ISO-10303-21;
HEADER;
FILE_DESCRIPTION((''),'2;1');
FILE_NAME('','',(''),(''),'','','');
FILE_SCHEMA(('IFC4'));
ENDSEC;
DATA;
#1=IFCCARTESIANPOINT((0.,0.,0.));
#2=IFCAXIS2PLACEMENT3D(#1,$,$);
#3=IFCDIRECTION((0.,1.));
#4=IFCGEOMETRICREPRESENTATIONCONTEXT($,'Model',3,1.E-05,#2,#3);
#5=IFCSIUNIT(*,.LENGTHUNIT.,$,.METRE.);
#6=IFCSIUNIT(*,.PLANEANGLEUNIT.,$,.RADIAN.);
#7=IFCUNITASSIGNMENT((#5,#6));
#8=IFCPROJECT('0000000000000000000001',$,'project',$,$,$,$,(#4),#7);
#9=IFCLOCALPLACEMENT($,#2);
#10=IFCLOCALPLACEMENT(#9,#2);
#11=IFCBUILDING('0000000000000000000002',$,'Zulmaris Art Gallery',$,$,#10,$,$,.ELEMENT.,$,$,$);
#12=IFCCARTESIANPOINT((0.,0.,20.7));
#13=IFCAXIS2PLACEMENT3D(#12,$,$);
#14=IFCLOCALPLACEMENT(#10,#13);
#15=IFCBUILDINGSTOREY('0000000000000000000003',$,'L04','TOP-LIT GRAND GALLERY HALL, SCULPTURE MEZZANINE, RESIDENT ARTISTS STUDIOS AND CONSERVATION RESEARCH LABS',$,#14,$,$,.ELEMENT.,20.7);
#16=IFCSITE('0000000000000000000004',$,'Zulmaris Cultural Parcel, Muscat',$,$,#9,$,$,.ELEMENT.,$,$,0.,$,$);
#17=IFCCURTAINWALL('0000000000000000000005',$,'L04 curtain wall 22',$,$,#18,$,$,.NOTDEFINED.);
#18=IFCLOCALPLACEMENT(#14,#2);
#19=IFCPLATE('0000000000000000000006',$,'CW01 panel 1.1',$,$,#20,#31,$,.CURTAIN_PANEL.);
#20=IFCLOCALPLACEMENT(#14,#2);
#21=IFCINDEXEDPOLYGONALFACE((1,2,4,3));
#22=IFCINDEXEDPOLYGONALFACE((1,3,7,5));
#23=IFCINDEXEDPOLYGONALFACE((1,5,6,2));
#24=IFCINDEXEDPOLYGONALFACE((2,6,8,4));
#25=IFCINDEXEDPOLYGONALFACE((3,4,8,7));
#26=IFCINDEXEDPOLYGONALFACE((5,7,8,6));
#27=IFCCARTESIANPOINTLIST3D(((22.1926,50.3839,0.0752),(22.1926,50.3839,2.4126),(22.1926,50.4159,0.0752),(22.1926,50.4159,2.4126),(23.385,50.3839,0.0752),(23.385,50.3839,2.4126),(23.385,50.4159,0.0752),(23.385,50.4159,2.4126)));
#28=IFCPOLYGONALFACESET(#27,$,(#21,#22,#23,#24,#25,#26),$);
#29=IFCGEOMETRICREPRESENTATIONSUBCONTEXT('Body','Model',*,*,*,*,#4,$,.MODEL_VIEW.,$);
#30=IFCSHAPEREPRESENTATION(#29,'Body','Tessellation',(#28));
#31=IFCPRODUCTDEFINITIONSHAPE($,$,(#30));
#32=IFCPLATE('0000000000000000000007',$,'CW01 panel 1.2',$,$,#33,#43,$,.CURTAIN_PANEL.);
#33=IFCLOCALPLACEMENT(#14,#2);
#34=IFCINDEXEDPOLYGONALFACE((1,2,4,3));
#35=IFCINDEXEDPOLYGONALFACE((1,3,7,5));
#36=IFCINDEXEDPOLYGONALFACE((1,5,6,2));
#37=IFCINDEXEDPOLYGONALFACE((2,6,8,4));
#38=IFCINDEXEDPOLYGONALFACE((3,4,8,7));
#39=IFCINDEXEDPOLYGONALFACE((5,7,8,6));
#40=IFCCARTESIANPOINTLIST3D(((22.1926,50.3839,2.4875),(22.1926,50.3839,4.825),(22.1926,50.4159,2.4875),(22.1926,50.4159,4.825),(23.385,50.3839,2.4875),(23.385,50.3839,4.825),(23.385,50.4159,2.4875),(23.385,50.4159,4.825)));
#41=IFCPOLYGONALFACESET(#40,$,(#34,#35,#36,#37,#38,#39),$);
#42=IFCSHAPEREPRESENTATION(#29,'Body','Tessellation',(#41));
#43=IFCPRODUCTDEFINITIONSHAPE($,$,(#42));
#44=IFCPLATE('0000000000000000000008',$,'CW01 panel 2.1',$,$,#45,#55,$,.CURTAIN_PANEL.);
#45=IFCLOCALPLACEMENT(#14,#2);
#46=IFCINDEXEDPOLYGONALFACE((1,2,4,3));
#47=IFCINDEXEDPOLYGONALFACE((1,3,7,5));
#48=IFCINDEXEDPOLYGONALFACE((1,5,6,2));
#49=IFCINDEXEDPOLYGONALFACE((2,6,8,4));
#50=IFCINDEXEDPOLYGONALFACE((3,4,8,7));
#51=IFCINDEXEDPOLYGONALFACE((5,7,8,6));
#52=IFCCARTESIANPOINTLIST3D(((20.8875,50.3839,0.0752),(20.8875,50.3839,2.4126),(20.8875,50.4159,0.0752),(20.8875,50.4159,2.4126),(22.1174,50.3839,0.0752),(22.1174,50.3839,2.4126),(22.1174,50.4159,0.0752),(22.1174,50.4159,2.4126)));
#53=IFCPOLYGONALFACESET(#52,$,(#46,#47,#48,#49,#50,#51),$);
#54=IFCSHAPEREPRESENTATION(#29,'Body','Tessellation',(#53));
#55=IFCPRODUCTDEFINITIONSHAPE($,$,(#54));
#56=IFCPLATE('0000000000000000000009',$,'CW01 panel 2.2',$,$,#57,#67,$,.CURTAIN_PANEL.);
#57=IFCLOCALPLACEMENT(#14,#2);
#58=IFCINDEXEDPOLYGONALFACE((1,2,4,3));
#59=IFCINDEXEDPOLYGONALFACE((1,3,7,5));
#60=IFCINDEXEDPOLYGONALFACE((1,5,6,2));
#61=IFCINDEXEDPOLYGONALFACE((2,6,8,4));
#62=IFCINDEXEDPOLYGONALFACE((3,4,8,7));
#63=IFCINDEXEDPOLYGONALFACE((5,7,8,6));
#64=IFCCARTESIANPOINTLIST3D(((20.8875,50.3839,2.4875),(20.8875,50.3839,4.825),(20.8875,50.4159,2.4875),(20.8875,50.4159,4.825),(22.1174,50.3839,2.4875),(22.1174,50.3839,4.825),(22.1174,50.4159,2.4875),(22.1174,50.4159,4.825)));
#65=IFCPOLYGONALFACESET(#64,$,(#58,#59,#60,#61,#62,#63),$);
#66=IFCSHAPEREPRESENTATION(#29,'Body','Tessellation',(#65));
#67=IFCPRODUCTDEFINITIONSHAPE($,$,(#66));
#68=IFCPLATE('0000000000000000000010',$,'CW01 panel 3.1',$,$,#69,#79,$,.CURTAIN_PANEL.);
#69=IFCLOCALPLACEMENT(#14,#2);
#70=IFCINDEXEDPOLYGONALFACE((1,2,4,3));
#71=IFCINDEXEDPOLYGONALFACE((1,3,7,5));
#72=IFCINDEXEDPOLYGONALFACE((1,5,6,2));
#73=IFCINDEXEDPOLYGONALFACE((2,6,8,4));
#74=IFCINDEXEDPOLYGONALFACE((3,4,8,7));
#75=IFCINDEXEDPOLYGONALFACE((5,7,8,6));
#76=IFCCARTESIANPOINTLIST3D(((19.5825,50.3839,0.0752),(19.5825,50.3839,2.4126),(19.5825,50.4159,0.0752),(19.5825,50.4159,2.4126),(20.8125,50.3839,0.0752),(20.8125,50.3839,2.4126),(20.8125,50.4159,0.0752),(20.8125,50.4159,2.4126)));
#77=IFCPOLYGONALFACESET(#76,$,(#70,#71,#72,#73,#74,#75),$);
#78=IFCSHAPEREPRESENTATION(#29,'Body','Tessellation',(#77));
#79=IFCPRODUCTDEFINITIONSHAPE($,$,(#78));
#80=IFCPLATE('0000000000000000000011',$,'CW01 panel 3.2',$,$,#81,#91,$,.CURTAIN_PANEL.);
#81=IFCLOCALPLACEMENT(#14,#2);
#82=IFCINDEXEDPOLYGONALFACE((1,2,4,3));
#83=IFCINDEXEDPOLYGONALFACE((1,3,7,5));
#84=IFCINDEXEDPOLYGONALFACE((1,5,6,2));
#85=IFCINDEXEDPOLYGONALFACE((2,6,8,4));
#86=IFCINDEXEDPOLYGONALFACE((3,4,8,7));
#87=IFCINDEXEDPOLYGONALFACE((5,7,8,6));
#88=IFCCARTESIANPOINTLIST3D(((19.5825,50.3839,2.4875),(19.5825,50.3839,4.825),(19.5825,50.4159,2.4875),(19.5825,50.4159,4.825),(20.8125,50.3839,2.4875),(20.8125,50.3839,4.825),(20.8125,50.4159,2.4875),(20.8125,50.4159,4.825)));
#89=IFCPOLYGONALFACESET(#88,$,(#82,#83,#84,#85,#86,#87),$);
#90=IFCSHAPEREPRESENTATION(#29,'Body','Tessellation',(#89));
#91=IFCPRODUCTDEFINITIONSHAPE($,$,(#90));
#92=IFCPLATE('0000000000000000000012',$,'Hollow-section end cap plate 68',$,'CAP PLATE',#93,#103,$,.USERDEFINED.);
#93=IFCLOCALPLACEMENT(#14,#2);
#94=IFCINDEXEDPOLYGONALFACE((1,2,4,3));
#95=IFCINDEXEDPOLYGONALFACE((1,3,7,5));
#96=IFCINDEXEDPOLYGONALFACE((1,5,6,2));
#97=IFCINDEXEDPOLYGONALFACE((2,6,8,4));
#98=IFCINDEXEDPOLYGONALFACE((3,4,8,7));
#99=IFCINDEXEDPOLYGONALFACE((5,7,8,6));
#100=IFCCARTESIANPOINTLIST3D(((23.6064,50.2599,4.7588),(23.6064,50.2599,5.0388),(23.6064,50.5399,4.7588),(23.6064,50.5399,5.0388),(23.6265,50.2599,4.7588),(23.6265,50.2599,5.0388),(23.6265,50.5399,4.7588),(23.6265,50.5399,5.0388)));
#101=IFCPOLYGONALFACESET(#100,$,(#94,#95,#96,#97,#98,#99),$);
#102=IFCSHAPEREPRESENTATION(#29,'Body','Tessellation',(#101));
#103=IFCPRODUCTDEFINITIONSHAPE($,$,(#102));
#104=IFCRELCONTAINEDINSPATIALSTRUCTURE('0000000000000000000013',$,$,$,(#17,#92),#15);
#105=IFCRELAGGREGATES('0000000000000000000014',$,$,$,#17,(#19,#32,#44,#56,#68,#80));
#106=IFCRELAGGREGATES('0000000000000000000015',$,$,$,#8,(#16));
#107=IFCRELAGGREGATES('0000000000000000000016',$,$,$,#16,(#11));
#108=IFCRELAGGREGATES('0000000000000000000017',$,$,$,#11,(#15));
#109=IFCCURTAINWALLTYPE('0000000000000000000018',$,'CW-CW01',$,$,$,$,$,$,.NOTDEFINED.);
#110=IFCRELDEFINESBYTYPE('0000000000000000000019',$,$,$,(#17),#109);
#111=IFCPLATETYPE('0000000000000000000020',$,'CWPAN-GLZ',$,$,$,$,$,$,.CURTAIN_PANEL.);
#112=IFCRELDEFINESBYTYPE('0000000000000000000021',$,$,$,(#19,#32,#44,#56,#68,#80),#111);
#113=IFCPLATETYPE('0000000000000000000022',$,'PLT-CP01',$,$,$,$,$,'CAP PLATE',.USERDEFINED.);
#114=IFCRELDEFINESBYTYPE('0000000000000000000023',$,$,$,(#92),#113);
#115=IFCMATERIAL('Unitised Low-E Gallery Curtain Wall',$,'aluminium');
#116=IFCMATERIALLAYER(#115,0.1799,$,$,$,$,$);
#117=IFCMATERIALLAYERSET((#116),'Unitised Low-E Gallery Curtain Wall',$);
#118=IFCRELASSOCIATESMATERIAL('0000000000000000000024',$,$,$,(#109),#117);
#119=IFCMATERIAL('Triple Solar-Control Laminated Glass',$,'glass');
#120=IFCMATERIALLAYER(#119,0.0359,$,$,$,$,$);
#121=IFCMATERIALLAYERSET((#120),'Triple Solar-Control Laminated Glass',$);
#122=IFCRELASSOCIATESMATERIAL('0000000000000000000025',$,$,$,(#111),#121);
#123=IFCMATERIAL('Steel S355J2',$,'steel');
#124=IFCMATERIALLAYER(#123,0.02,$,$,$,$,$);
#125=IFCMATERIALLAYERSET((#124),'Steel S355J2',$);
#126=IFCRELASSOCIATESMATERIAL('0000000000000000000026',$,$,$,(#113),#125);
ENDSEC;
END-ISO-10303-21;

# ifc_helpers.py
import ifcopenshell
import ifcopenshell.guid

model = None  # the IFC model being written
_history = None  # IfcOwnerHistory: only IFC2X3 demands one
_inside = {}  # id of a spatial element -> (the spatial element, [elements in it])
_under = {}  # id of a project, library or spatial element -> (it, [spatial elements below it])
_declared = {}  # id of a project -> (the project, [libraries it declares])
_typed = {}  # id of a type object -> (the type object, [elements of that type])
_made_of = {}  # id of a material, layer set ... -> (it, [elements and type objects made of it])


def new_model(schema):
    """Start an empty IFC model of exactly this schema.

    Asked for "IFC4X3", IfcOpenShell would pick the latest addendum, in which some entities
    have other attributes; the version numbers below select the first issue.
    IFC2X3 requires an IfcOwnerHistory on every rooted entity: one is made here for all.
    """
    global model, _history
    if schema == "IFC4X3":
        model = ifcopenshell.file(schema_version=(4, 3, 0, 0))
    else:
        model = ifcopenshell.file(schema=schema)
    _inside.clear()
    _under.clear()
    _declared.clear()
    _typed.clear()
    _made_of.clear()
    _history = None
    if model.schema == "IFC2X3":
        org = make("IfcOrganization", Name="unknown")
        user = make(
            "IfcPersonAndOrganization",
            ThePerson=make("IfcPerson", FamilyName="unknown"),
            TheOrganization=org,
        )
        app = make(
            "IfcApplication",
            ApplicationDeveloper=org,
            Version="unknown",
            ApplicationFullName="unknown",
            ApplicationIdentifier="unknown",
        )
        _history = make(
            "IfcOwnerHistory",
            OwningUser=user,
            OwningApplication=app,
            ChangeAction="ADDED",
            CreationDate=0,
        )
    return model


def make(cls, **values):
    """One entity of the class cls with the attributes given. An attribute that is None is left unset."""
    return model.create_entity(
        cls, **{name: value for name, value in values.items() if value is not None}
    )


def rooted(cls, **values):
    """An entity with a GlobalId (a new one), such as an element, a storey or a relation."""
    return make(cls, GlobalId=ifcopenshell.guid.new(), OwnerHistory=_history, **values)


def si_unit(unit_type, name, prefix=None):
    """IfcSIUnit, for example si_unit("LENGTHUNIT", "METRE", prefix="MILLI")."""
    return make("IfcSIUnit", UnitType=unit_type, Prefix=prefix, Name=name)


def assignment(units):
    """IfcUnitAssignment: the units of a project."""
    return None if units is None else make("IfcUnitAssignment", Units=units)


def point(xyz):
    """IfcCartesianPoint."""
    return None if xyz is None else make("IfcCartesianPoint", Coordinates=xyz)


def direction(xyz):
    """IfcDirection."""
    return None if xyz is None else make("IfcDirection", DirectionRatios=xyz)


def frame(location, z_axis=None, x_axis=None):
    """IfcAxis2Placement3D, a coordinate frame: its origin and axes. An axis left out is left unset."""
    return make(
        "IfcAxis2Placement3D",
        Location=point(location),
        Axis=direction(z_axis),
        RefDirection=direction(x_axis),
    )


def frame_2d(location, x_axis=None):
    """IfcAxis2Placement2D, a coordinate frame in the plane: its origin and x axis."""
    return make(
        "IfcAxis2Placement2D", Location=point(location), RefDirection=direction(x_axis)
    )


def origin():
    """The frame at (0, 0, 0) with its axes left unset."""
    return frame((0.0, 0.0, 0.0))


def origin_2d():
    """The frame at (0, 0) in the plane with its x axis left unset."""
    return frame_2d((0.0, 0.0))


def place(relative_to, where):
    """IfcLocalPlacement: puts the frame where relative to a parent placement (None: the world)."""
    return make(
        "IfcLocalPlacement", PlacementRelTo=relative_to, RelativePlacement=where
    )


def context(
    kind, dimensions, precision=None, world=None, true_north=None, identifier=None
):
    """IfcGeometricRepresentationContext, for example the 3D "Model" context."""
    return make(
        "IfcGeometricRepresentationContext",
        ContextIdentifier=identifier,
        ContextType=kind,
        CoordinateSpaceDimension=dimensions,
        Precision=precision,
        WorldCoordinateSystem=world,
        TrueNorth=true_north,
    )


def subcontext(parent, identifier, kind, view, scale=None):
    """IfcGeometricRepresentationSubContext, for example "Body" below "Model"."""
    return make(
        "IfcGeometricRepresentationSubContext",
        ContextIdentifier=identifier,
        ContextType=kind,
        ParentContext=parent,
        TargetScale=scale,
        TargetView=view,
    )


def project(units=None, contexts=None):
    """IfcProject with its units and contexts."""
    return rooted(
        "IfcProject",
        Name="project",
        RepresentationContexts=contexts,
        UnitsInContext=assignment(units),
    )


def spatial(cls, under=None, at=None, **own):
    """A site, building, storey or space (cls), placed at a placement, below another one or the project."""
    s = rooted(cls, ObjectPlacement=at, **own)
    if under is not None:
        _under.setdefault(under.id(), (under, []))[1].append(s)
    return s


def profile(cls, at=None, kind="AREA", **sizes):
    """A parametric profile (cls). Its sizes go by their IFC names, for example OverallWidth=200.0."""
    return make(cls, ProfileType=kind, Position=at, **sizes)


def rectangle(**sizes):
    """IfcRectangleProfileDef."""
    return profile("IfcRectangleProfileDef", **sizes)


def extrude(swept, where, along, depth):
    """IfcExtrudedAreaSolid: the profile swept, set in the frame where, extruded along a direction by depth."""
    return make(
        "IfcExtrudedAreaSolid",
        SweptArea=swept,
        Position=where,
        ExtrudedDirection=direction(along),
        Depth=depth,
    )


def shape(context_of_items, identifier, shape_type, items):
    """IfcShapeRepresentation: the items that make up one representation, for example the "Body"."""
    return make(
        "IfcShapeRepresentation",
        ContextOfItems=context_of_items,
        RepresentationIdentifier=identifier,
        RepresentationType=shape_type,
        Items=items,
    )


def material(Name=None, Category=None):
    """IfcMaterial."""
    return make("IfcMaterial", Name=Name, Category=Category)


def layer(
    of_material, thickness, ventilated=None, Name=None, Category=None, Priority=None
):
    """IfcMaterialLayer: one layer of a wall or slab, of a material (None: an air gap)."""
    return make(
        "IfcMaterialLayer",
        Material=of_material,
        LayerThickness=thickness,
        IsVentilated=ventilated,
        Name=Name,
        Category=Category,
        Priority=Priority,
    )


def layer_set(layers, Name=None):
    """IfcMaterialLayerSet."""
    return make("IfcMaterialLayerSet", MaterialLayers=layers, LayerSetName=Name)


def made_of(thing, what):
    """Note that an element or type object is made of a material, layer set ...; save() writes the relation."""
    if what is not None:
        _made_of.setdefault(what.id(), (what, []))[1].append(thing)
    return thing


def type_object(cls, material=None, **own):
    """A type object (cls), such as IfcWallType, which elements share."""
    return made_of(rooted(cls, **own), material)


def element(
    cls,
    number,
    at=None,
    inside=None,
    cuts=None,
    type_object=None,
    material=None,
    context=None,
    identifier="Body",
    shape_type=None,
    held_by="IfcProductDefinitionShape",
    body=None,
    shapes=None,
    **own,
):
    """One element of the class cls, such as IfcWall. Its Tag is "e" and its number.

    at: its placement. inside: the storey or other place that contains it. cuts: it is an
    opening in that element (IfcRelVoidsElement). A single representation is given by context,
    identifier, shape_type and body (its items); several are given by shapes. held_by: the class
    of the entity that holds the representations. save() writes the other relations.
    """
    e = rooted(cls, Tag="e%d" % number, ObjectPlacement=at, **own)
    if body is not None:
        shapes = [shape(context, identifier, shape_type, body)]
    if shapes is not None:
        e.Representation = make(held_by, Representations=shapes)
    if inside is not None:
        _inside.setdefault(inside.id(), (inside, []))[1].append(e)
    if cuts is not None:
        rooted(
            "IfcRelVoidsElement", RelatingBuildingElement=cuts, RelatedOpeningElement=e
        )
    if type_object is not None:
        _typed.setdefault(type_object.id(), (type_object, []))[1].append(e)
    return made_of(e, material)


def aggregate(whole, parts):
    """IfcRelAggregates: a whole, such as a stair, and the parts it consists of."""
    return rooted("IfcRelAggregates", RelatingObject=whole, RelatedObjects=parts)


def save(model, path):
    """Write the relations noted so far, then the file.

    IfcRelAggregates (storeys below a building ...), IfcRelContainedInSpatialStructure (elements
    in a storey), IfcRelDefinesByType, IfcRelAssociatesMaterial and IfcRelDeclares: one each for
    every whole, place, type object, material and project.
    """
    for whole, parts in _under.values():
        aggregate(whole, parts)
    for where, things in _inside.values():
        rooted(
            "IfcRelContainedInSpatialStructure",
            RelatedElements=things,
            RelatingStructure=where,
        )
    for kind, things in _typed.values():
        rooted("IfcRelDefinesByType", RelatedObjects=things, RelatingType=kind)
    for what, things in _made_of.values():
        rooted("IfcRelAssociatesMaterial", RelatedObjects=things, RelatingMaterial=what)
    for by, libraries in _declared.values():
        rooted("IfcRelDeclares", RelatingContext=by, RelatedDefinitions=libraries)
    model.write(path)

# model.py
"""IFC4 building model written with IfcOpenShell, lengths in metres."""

from ifc_helpers import new_model, si_unit, direction, frame, origin, origin_2d, place, context, subcontext, project, spatial, rectangle, extrude, material, layer, layer_set, type_object, element, aggregate, save


model = new_model("IFC4")

# Units and contexts
model_context = context("Model", 3, precision=1e-05, world=origin(), true_north=direction((0.0, 1.0)))
body_context = subcontext(model_context, "Body", "Model", "MODEL_VIEW")
ifc_project = project(units=[si_unit("LENGTHUNIT", "METRE"), si_unit("PLANEANGLEUNIT", "RADIAN")], contexts=[model_context])

# Site, building, storey
site_placement = place(None, origin())
site = spatial("IfcSite", under=ifc_project, at=site_placement, Name="Zulmaris Cultural Parcel, Muscat", CompositionType="ELEMENT", RefElevation=0.0)
building_placement = place(site_placement, origin())
building = spatial("IfcBuilding", under=site, at=building_placement, Name="Zulmaris Art Gallery", CompositionType="ELEMENT")
storey_placement = place(building_placement, frame((0.0, 0.0, 20.7)))
storey = spatial("IfcBuildingStorey", under=building, at=storey_placement, Name="L04", Description="TOP-LIT GRAND GALLERY HALL, SCULPTURE MEZZANINE, RESIDENT ARTISTS STUDIOS AND CONSERVATION RESEARCH LABS", CompositionType="ELEMENT", Elevation=20.7)

# Curtain wall
ifc_material_1 = material(Name="Unitised Low-E Gallery Curtain Wall", Category="aluminium")
ifc_layer_1 = layer(ifc_material_1, 0.1799)
ifc_layer_set_1 = layer_set([ifc_layer_1], Name="Unitised Low-E Gallery Curtain Wall")
curtain_wall_type = type_object("IfcCurtainWallType", Name="CW-CW01", PredefinedType="NOTDEFINED", material=ifc_layer_set_1)
curtain_wall_placement = place(storey_placement, origin())
curtain_wall = element("IfcCurtainWall", 1, at=curtain_wall_placement, inside=storey, type_object=curtain_wall_type, Name="L04 curtain wall 22", PredefinedType="NOTDEFINED")

# Shared definitions
ifc_material_2 = material(Name="Steel S355J2", Category="steel")

# Plates
ifc_material_3 = material(Name="Triple Solar-Control Laminated Glass", Category="glass")
ifc_layer_2 = layer(ifc_material_3, 0.0359)
ifc_layer_set_2 = layer_set([ifc_layer_2], Name="Triple Solar-Control Laminated Glass")
plate_type_1 = type_object("IfcPlateType", Name="CWPAN-GLZ", PredefinedType="CURTAIN_PANEL", material=ifc_layer_set_2)
plate_1_placement = place(storey_placement, frame((22.7888, 50.3999, 0.0752), z_axis=(0.0, 0.0, 1.0), x_axis=(-1.0, 0.0, 0.0)))
plate_1 = element("IfcPlate", 2, at=plate_1_placement, type_object=plate_type_1, Name="CW01 panel 1.1", PredefinedType="CURTAIN_PANEL", context=body_context, shape_type="SweptSolid", body=[
    extrude(rectangle(XDim=1.1924, YDim=0.032, at=origin_2d()), origin(), (0.0, 0.0, 1.0), 2.3374),
])
plate_2_placement = place(storey_placement, frame((22.7888, 50.3999, 2.4875), z_axis=(0.0, 0.0, 1.0), x_axis=(-1.0, 0.0, 0.0)))
plate_2 = element("IfcPlate", 3, at=plate_2_placement, type_object=plate_type_1, Name="CW01 panel 1.2", PredefinedType="CURTAIN_PANEL", context=body_context, shape_type="SweptSolid", body=[
    extrude(rectangle(XDim=1.1924, YDim=0.032, at=origin_2d()), origin(), (0.0, 0.0, 1.0), 2.3374),
])
plate_3_placement = place(storey_placement, frame((21.5024, 50.3999, 0.0752), z_axis=(0.0, 0.0, 1.0), x_axis=(-1.0, 0.0, 0.0)))
plate_3 = element("IfcPlate", 4, at=plate_3_placement, type_object=plate_type_1, Name="CW01 panel 2.1", PredefinedType="CURTAIN_PANEL", context=body_context, shape_type="SweptSolid", body=[
    extrude(rectangle(XDim=1.23, YDim=0.032, at=origin_2d()), origin(), (0.0, 0.0, 1.0), 2.3374),
])
plate_4_placement = place(storey_placement, frame((21.5024, 50.3999, 2.4875), z_axis=(0.0, 0.0, 1.0), x_axis=(-1.0, 0.0, 0.0)))
plate_4 = element("IfcPlate", 5, at=plate_4_placement, type_object=plate_type_1, Name="CW01 panel 2.2", PredefinedType="CURTAIN_PANEL", context=body_context, shape_type="SweptSolid", body=[
    extrude(rectangle(XDim=1.23, YDim=0.032, at=origin_2d()), origin(), (0.0, 0.0, 1.0), 2.3374),
])
plate_5_placement = place(storey_placement, frame((20.1975, 50.3999, 0.0752), z_axis=(0.0, 0.0, 1.0), x_axis=(-1.0, 0.0, 0.0)))
plate_5 = element("IfcPlate", 6, at=plate_5_placement, type_object=plate_type_1, Name="CW01 panel 3.1", PredefinedType="CURTAIN_PANEL", context=body_context, shape_type="SweptSolid", body=[
    extrude(rectangle(XDim=1.23, YDim=0.032, at=origin_2d()), origin(), (0.0, 0.0, 1.0), 2.3374),
])
plate_6_placement = place(storey_placement, frame((20.1975, 50.3999, 2.4875), z_axis=(0.0, 0.0, 1.0), x_axis=(-1.0, 0.0, 0.0)))
plate_6 = element("IfcPlate", 7, at=plate_6_placement, type_object=plate_type_1, Name="CW01 panel 3.2", PredefinedType="CURTAIN_PANEL", context=body_context, shape_type="SweptSolid", body=[
    extrude(rectangle(XDim=1.23, YDim=0.032, at=origin_2d()), origin(), (0.0, 0.0, 1.0), 2.3374),
])
aggregate(curtain_wall, [plate_1, plate_2, plate_3, plate_4, plate_5, plate_6])
ifc_layer_3 = layer(ifc_material_2, 0.02)
ifc_layer_set_3 = layer_set([ifc_layer_3], Name="Steel S355J2")
plate_type_2 = type_object("IfcPlateType", Name="PLT-CP01", ElementType="CAP PLATE", PredefinedType="USERDEFINED", material=ifc_layer_set_3)
plate_7_placement = place(storey_placement, frame((23.6165, 50.3999, 4.7588), z_axis=(0.0, 0.0, 1.0), x_axis=(1.0, 0.0, 0.0)))
element("IfcPlate", 8, at=plate_7_placement, inside=storey, type_object=plate_type_2, Name="Hollow-section end cap plate 68", ObjectType="CAP PLATE", PredefinedType="USERDEFINED", context=body_context, shape_type="SweptSolid", body=[
    extrude(rectangle(XDim=0.02, YDim=0.28, at=origin_2d()), origin(), (0.0, 0.0, 1.0), 0.28),
])

save(model, "model.ifc")
